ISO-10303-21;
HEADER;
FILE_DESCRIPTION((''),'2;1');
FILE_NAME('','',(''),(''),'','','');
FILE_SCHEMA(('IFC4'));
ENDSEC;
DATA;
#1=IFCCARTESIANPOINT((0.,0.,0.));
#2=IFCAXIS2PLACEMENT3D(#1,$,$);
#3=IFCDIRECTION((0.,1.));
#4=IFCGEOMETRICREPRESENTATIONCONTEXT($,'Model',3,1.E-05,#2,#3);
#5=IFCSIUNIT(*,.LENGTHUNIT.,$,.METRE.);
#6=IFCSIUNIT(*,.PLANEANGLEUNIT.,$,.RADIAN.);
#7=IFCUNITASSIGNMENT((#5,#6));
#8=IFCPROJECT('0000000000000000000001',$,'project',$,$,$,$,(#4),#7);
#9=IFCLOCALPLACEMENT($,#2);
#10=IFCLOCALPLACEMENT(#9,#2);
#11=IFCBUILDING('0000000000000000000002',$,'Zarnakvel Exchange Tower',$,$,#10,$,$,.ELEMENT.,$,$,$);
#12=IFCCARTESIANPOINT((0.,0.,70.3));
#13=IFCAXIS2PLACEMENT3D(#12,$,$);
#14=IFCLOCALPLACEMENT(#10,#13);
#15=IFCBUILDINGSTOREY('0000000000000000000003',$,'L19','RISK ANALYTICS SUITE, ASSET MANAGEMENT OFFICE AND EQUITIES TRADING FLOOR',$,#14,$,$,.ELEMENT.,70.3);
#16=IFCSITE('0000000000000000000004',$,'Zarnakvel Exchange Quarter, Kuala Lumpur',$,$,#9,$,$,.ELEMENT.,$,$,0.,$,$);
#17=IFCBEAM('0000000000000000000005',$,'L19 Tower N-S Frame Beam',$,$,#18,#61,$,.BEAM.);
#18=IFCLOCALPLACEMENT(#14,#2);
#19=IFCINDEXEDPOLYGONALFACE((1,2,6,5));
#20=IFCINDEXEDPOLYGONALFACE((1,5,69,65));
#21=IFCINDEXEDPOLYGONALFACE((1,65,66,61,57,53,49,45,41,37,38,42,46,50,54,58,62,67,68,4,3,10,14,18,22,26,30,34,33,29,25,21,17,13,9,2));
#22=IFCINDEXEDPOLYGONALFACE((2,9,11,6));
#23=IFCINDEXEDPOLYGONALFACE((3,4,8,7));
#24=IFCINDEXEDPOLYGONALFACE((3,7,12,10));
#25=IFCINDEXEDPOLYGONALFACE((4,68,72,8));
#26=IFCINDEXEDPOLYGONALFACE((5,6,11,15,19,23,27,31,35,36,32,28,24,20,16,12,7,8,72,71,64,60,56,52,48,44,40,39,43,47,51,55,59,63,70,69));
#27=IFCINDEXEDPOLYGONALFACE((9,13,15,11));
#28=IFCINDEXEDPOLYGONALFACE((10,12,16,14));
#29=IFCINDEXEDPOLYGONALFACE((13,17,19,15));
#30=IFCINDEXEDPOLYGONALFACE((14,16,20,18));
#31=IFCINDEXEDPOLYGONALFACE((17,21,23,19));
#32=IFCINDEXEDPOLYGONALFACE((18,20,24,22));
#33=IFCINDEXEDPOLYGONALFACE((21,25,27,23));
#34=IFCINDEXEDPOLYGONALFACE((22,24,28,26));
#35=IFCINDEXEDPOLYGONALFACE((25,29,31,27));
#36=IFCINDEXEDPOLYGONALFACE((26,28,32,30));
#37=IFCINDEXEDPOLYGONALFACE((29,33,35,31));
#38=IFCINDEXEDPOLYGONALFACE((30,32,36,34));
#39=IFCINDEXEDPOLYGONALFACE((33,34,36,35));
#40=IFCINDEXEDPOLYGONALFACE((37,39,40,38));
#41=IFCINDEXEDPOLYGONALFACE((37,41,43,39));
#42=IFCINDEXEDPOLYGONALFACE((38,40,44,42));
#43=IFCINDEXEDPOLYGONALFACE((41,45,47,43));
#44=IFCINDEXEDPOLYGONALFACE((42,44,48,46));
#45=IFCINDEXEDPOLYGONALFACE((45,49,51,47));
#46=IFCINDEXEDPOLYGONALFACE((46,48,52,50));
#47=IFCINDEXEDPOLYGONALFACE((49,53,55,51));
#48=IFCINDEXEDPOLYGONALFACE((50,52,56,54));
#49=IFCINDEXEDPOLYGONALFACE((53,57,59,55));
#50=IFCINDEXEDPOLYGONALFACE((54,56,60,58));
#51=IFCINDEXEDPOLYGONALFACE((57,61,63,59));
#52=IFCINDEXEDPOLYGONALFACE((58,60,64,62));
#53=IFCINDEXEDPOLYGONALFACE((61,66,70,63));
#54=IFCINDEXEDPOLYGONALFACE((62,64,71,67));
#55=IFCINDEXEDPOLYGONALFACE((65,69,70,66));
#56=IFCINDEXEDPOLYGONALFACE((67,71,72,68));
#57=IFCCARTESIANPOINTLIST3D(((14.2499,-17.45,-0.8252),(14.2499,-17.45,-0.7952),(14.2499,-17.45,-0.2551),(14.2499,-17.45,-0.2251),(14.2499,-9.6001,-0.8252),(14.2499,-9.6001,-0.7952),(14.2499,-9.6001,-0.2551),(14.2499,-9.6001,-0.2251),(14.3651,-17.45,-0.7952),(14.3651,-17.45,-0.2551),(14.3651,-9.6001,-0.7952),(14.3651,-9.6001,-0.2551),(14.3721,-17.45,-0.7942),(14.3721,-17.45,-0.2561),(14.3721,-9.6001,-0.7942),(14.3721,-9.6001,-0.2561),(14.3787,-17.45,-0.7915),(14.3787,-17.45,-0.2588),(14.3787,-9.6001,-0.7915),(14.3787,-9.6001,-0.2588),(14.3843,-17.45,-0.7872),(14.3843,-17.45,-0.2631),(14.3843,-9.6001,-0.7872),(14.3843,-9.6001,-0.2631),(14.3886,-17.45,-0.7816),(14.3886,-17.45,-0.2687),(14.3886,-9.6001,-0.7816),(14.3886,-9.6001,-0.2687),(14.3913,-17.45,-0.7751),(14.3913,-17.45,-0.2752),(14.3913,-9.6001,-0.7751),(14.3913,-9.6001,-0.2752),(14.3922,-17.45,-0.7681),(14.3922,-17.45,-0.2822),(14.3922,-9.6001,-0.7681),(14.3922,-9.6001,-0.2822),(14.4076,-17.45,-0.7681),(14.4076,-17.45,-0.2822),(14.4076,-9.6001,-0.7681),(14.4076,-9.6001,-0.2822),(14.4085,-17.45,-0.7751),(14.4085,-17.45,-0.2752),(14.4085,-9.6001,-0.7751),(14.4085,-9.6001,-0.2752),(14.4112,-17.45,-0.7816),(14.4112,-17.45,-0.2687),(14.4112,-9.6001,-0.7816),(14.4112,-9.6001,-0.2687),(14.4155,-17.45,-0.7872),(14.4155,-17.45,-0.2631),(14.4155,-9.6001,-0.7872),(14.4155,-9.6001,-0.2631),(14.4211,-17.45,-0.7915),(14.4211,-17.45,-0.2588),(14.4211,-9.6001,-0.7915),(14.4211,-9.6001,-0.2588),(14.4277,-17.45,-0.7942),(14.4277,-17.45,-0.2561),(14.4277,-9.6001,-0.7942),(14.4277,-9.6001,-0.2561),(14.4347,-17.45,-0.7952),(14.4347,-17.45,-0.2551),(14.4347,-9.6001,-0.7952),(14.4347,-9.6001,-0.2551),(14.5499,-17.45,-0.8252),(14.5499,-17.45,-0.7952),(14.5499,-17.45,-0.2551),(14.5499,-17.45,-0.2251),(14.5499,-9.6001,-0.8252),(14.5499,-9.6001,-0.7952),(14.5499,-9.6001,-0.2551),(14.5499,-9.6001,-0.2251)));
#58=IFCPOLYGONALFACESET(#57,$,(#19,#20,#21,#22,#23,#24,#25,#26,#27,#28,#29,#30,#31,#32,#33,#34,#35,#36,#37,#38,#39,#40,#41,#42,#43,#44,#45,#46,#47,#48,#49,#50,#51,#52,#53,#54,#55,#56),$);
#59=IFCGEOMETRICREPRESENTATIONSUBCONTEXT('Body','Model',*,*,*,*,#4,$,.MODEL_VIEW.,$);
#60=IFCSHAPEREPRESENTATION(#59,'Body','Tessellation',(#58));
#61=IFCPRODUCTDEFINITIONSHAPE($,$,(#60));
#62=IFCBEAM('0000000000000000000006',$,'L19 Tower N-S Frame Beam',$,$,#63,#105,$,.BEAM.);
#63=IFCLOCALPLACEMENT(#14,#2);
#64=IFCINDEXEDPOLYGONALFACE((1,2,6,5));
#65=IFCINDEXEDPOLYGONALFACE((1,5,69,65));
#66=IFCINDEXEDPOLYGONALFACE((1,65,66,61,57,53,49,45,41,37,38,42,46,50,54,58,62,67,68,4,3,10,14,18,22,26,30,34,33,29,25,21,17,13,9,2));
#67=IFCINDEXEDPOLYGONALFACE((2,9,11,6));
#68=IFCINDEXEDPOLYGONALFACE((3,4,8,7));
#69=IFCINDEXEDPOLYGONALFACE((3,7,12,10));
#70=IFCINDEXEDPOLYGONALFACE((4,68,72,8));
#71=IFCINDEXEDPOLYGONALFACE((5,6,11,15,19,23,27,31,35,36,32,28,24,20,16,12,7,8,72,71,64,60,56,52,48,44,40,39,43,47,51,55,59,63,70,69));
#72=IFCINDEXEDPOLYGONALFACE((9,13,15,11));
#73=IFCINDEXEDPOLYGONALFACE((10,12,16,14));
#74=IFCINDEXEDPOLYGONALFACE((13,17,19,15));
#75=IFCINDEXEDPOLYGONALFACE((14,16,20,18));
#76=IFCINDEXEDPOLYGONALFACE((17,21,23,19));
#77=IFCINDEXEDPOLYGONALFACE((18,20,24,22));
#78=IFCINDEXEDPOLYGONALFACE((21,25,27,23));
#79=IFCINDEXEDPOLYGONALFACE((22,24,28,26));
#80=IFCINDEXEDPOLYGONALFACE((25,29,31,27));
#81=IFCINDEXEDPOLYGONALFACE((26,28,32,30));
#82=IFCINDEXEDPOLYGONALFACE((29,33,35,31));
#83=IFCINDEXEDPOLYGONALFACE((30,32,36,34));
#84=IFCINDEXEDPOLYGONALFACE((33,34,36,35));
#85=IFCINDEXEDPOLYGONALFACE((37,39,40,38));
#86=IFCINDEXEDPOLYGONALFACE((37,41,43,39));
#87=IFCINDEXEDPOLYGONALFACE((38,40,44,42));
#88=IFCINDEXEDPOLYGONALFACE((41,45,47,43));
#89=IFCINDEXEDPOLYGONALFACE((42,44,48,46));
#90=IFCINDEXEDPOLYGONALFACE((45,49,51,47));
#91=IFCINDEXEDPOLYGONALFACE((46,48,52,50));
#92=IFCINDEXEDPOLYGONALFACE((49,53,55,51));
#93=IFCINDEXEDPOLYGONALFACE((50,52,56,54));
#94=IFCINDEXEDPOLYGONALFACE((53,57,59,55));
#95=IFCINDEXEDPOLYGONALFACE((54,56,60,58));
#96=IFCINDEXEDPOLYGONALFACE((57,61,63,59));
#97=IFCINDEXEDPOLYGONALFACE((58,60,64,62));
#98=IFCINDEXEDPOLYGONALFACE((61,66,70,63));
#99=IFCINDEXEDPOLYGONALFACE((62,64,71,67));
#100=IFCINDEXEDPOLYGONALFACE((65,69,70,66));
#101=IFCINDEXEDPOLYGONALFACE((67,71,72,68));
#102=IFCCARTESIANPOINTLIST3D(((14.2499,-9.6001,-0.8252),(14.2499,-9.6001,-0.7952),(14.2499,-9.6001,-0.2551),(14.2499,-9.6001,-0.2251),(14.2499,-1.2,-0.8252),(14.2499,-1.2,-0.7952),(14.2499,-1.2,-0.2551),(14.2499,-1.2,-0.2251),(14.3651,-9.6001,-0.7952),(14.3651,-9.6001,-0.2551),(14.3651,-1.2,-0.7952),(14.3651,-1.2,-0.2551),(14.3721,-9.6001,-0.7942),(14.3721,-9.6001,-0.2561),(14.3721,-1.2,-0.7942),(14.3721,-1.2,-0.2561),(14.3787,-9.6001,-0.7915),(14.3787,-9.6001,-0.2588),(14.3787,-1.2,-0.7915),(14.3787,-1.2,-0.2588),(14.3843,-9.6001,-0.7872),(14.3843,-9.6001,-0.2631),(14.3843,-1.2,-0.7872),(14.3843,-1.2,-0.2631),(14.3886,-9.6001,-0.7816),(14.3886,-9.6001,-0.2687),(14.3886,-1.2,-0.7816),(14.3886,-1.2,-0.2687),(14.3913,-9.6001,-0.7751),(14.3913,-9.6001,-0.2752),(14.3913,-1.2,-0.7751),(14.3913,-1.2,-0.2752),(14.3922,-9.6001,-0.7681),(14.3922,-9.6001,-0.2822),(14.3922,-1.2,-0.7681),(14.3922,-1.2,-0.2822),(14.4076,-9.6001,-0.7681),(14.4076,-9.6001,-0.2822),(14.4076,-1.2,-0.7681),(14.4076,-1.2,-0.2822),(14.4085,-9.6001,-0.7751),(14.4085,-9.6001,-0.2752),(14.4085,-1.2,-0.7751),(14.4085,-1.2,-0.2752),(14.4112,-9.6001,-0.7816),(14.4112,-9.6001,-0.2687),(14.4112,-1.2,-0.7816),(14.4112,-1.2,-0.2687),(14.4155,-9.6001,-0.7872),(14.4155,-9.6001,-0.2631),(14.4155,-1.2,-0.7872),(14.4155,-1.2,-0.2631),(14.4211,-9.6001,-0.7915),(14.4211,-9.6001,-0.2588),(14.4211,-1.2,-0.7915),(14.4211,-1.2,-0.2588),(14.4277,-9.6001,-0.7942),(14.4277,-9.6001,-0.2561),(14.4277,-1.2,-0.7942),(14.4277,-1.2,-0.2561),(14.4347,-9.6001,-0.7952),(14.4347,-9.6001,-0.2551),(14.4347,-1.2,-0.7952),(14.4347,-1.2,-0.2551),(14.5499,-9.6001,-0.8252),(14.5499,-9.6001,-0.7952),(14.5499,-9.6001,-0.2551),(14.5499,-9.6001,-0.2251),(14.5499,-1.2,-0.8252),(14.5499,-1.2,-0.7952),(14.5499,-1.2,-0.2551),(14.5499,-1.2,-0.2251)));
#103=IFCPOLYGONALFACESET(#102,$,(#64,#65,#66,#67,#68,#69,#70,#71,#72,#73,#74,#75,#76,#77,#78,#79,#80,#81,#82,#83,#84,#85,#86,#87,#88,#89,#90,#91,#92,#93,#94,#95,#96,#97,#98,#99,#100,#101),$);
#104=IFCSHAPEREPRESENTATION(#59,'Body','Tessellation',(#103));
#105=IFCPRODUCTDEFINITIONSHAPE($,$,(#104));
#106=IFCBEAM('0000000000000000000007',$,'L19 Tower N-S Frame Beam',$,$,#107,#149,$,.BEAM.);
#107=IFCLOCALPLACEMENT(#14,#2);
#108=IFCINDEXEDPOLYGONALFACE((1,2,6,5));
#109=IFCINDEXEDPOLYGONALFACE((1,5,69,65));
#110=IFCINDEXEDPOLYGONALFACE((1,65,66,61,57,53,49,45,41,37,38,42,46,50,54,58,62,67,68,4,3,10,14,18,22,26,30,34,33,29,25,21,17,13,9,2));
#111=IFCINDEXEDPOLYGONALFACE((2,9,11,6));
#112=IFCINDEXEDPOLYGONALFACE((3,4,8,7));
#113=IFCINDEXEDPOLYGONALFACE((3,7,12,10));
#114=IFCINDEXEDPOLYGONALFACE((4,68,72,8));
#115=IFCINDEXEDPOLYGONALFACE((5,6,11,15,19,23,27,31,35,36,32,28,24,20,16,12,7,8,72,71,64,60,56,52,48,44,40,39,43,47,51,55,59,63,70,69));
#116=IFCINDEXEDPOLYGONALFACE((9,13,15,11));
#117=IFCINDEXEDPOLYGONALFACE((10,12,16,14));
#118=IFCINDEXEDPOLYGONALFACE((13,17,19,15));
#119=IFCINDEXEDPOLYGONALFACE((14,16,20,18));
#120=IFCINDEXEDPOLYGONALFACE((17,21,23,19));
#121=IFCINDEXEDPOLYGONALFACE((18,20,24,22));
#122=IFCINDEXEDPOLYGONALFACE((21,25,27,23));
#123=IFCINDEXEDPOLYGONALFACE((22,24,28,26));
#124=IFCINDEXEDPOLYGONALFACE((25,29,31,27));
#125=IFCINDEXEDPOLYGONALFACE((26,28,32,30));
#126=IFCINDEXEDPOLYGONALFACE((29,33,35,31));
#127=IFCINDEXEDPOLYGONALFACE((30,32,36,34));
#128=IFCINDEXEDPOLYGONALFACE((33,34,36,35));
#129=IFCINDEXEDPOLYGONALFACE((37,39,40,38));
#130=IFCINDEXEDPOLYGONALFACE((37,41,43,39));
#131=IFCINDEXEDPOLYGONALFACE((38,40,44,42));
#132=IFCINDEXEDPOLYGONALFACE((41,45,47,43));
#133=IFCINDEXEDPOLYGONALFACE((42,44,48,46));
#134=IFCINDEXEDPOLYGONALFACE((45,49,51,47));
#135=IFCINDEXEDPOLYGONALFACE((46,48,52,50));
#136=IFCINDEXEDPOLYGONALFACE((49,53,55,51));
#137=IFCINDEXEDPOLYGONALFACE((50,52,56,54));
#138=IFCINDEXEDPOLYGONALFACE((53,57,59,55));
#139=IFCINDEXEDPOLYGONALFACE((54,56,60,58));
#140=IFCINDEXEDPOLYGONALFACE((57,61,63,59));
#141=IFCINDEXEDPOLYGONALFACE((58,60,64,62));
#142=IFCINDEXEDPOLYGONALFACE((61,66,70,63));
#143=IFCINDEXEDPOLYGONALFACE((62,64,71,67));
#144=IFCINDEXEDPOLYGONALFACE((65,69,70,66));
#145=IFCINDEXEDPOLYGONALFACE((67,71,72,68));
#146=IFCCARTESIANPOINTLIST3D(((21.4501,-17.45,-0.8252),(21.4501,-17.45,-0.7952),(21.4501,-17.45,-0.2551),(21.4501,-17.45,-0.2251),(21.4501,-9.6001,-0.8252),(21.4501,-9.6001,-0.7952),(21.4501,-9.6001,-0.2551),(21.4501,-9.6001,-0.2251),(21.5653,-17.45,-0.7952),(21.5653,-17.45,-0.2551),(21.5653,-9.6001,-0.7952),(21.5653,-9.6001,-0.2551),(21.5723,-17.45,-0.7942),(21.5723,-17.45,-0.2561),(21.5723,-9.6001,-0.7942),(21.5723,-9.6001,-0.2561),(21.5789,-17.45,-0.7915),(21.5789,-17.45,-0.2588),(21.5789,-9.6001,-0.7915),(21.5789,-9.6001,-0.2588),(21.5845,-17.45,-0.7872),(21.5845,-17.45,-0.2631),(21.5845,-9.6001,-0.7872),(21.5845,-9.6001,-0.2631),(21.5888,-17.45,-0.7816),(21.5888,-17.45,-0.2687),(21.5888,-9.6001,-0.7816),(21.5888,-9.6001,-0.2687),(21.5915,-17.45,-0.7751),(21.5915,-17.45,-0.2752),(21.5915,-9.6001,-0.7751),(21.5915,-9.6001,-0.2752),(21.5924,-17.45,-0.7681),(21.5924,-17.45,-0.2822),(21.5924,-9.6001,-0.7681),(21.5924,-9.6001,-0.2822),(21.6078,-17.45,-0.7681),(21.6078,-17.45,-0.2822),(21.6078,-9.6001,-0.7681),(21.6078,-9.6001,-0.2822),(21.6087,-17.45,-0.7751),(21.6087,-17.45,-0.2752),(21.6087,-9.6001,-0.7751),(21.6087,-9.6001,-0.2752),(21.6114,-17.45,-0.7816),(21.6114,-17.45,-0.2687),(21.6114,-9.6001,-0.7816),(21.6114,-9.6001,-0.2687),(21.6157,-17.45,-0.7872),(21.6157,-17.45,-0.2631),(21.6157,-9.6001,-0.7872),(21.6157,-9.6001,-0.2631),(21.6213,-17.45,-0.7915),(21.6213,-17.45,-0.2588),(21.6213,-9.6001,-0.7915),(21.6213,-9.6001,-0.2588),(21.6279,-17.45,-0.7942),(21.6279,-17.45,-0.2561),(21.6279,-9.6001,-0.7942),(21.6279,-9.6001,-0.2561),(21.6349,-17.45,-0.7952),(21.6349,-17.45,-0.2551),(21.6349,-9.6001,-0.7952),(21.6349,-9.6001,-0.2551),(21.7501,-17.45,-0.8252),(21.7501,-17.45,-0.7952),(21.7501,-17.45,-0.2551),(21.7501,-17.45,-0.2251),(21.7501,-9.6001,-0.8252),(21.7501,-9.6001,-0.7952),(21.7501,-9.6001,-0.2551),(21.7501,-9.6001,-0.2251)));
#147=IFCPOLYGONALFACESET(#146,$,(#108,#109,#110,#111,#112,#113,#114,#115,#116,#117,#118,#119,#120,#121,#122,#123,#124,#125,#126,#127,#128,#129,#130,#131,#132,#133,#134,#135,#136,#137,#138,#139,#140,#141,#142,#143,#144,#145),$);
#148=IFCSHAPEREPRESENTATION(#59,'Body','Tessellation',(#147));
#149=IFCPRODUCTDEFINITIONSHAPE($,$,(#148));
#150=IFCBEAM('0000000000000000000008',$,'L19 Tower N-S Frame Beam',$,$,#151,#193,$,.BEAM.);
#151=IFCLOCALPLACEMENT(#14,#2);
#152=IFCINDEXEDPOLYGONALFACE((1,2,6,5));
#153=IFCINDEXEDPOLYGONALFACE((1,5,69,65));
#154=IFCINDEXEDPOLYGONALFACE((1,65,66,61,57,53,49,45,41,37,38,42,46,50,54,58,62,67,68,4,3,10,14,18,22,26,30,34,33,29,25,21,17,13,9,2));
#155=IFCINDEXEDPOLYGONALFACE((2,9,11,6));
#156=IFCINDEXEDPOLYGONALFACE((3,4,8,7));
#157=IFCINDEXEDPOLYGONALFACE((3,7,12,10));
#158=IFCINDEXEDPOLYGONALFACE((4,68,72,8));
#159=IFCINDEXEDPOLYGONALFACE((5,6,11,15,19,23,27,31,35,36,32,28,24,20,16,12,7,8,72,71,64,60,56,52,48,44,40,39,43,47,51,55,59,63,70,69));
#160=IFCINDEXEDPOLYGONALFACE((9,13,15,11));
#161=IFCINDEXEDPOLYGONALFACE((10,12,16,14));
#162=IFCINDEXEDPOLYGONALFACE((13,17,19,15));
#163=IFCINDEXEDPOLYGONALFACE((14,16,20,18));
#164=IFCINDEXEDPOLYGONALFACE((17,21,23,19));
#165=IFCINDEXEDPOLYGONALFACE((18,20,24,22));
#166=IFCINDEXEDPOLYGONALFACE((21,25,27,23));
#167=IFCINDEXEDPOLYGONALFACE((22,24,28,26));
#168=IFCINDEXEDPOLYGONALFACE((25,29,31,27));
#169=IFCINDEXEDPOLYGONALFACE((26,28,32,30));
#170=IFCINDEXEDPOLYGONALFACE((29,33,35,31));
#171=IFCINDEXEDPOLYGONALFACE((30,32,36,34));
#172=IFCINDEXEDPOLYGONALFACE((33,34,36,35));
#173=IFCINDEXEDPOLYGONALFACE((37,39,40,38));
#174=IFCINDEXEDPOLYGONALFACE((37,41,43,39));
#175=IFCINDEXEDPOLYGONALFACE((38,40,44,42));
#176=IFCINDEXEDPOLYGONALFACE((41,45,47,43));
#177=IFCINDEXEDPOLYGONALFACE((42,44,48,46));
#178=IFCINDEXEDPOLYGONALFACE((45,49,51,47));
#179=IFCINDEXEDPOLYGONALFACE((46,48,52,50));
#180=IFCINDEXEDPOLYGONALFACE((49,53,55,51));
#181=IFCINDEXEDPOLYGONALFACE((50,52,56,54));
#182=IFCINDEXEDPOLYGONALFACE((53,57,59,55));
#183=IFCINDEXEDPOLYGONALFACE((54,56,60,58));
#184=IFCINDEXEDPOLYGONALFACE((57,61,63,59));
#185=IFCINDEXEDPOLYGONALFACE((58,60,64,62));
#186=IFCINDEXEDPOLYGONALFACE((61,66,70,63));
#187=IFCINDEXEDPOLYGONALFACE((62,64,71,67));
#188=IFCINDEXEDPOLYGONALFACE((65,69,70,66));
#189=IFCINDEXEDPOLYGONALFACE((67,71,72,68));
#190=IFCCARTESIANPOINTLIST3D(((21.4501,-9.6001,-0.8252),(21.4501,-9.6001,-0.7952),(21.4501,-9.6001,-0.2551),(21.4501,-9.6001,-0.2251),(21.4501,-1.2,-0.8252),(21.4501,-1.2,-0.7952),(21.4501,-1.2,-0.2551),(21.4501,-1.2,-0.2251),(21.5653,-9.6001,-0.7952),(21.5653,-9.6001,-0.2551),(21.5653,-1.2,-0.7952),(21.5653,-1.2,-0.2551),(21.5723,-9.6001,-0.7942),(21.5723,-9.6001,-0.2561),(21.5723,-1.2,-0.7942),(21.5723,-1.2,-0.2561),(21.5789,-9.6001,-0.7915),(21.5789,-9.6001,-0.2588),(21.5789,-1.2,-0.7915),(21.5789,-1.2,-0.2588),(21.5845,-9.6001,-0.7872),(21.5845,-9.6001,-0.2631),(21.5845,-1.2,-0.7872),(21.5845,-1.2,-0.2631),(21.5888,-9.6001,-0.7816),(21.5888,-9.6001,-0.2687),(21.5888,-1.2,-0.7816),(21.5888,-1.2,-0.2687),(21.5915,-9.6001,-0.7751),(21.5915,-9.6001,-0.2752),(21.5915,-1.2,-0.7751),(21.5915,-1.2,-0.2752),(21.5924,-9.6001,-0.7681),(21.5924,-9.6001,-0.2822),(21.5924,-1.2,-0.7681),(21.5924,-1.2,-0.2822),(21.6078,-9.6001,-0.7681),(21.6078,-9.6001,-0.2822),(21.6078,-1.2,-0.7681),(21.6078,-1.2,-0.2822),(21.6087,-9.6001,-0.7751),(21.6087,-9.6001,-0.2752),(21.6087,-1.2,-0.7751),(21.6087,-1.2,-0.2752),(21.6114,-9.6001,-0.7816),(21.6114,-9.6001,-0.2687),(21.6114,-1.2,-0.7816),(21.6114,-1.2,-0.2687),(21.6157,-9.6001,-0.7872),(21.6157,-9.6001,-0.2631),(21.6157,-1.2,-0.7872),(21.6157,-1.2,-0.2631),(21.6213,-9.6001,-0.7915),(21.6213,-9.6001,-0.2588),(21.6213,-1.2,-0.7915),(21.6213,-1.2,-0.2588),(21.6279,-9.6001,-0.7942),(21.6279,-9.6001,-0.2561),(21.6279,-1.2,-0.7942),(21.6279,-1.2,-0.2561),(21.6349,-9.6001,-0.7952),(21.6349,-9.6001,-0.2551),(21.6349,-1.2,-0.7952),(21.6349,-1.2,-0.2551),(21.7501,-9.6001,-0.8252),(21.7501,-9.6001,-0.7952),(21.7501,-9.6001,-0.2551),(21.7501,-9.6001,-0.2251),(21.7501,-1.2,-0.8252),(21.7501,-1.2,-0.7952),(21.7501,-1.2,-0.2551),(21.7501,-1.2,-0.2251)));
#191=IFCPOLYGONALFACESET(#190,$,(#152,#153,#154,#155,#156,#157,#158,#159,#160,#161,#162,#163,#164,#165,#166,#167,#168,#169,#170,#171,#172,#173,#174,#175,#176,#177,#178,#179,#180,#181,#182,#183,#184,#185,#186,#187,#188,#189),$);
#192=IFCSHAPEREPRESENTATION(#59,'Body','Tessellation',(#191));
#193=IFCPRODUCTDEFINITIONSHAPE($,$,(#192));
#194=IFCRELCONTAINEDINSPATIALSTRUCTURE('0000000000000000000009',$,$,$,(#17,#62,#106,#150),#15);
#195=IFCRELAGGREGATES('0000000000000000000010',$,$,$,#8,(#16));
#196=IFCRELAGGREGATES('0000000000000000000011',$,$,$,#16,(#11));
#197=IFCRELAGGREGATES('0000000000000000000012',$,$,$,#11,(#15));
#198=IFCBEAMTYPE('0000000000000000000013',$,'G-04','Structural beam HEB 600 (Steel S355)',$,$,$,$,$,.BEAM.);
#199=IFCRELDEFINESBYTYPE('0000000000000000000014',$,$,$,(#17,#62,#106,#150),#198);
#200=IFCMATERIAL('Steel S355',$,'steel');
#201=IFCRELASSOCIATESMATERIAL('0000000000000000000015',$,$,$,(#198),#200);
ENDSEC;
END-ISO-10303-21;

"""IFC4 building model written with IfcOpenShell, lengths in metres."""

from ifc_helpers import new_model, si_unit, direction, frame, origin, origin_2d, place, context, subcontext, project, spatial, i_section, extrude, material, material_profile, profile_set, type_object, element, save


model = new_model("IFC4")

# Units and contexts
model_context = context("Model", 3, precision=1e-05, world=origin(), true_north=direction((0.0, 1.0)))
body_context = subcontext(model_context, "Body", "Model", "MODEL_VIEW")
ifc_project = project(units=[si_unit("LENGTHUNIT", "METRE"), si_unit("PLANEANGLEUNIT", "RADIAN")], contexts=[model_context])

# Site, building, storey
site_placement = place(None, origin())
site = spatial("IfcSite", under=ifc_project, at=site_placement, Name="Zarnakvel Exchange Quarter, Kuala Lumpur", CompositionType="ELEMENT", RefElevation=0.0)
building_placement = place(site_placement, origin())
building = spatial("IfcBuilding", under=site, at=building_placement, Name="Zarnakvel Exchange Tower", CompositionType="ELEMENT")
storey_placement = place(building_placement, frame((0.0, 0.0, 70.3)))
storey = spatial("IfcBuildingStorey", under=building, at=storey_placement, Name="L19", Description="RISK ANALYTICS SUITE, ASSET MANAGEMENT OFFICE AND EQUITIES TRADING FLOOR", CompositionType="ELEMENT", Elevation=70.3)

# Shared definitions
ifc_material_1 = material(Name="Steel S355", Category="steel")

# Beams
ifc_material_profile_1 = material_profile(ifc_material_1, i_section(OverallWidth=0.3, OverallDepth=0.6001, WebThickness=0.0154, FlangeThickness=0.03, FilletRadius=0.0271, at=origin_2d()))
ifc_profile_set_1 = profile_set([ifc_material_profile_1], Name="Steel S355")
beam_type_1 = type_object("IfcBeamType", Name="G-04", Description="Structural beam HEB 600 (Steel S355)", PredefinedType="BEAM", material=ifc_profile_set_1)
beam_1_placement = place(storey_placement, frame((14.3999, -17.45, -0.5251), z_axis=(0.0, 1.0, 0.0), x_axis=(-1.0, 0.0, 0.0)))
element("IfcBeam", 1, at=beam_1_placement, inside=storey, type_object=beam_type_1, Name="L19 Tower N-S Frame Beam", PredefinedType="BEAM", context=body_context, shape_type="SweptSolid", body=[
    extrude(i_section(OverallWidth=0.3, OverallDepth=0.6001, WebThickness=0.0154, FlangeThickness=0.03, FilletRadius=0.0271, at=origin_2d()), origin(), (0.0, 0.0, 1.0), 7.8499),
])
beam_2_placement = place(storey_placement, frame((14.3999, -9.6001, -0.5251), z_axis=(0.0, 1.0, 0.0), x_axis=(-1.0, 0.0, 0.0)))
element("IfcBeam", 2, at=beam_2_placement, inside=storey, type_object=beam_type_1, Name="L19 Tower N-S Frame Beam", PredefinedType="BEAM", context=body_context, shape_type="SweptSolid", body=[
    extrude(i_section(OverallWidth=0.3, OverallDepth=0.6001, WebThickness=0.0154, FlangeThickness=0.03, FilletRadius=0.0271, at=origin_2d()), origin(), (0.0, 0.0, 1.0), 8.4001),
])
beam_3_placement = place(storey_placement, frame((21.6001, -17.45, -0.5251), z_axis=(0.0, 1.0, 0.0), x_axis=(-1.0, 0.0, 0.0)))
element("IfcBeam", 3, at=beam_3_placement, inside=storey, type_object=beam_type_1, Name="L19 Tower N-S Frame Beam", PredefinedType="BEAM", context=body_context, shape_type="SweptSolid", body=[
    extrude(i_section(OverallWidth=0.3, OverallDepth=0.6001, WebThickness=0.0154, FlangeThickness=0.03, FilletRadius=0.0271, at=origin_2d()), origin(), (0.0, 0.0, 1.0), 7.8499),
])
beam_4_placement = place(storey_placement, frame((21.6001, -9.6001, -0.5251), z_axis=(0.0, 1.0, 0.0), x_axis=(-1.0, 0.0, 0.0)))
element("IfcBeam", 4, at=beam_4_placement, inside=storey, type_object=beam_type_1, Name="L19 Tower N-S Frame Beam", PredefinedType="BEAM", context=body_context, shape_type="SweptSolid", body=[
    extrude(i_section(OverallWidth=0.3, OverallDepth=0.6001, WebThickness=0.0154, FlangeThickness=0.03, FilletRadius=0.0271, at=origin_2d()), origin(), (0.0, 0.0, 1.0), 8.4001),
])

save(model, "model.ifc")
